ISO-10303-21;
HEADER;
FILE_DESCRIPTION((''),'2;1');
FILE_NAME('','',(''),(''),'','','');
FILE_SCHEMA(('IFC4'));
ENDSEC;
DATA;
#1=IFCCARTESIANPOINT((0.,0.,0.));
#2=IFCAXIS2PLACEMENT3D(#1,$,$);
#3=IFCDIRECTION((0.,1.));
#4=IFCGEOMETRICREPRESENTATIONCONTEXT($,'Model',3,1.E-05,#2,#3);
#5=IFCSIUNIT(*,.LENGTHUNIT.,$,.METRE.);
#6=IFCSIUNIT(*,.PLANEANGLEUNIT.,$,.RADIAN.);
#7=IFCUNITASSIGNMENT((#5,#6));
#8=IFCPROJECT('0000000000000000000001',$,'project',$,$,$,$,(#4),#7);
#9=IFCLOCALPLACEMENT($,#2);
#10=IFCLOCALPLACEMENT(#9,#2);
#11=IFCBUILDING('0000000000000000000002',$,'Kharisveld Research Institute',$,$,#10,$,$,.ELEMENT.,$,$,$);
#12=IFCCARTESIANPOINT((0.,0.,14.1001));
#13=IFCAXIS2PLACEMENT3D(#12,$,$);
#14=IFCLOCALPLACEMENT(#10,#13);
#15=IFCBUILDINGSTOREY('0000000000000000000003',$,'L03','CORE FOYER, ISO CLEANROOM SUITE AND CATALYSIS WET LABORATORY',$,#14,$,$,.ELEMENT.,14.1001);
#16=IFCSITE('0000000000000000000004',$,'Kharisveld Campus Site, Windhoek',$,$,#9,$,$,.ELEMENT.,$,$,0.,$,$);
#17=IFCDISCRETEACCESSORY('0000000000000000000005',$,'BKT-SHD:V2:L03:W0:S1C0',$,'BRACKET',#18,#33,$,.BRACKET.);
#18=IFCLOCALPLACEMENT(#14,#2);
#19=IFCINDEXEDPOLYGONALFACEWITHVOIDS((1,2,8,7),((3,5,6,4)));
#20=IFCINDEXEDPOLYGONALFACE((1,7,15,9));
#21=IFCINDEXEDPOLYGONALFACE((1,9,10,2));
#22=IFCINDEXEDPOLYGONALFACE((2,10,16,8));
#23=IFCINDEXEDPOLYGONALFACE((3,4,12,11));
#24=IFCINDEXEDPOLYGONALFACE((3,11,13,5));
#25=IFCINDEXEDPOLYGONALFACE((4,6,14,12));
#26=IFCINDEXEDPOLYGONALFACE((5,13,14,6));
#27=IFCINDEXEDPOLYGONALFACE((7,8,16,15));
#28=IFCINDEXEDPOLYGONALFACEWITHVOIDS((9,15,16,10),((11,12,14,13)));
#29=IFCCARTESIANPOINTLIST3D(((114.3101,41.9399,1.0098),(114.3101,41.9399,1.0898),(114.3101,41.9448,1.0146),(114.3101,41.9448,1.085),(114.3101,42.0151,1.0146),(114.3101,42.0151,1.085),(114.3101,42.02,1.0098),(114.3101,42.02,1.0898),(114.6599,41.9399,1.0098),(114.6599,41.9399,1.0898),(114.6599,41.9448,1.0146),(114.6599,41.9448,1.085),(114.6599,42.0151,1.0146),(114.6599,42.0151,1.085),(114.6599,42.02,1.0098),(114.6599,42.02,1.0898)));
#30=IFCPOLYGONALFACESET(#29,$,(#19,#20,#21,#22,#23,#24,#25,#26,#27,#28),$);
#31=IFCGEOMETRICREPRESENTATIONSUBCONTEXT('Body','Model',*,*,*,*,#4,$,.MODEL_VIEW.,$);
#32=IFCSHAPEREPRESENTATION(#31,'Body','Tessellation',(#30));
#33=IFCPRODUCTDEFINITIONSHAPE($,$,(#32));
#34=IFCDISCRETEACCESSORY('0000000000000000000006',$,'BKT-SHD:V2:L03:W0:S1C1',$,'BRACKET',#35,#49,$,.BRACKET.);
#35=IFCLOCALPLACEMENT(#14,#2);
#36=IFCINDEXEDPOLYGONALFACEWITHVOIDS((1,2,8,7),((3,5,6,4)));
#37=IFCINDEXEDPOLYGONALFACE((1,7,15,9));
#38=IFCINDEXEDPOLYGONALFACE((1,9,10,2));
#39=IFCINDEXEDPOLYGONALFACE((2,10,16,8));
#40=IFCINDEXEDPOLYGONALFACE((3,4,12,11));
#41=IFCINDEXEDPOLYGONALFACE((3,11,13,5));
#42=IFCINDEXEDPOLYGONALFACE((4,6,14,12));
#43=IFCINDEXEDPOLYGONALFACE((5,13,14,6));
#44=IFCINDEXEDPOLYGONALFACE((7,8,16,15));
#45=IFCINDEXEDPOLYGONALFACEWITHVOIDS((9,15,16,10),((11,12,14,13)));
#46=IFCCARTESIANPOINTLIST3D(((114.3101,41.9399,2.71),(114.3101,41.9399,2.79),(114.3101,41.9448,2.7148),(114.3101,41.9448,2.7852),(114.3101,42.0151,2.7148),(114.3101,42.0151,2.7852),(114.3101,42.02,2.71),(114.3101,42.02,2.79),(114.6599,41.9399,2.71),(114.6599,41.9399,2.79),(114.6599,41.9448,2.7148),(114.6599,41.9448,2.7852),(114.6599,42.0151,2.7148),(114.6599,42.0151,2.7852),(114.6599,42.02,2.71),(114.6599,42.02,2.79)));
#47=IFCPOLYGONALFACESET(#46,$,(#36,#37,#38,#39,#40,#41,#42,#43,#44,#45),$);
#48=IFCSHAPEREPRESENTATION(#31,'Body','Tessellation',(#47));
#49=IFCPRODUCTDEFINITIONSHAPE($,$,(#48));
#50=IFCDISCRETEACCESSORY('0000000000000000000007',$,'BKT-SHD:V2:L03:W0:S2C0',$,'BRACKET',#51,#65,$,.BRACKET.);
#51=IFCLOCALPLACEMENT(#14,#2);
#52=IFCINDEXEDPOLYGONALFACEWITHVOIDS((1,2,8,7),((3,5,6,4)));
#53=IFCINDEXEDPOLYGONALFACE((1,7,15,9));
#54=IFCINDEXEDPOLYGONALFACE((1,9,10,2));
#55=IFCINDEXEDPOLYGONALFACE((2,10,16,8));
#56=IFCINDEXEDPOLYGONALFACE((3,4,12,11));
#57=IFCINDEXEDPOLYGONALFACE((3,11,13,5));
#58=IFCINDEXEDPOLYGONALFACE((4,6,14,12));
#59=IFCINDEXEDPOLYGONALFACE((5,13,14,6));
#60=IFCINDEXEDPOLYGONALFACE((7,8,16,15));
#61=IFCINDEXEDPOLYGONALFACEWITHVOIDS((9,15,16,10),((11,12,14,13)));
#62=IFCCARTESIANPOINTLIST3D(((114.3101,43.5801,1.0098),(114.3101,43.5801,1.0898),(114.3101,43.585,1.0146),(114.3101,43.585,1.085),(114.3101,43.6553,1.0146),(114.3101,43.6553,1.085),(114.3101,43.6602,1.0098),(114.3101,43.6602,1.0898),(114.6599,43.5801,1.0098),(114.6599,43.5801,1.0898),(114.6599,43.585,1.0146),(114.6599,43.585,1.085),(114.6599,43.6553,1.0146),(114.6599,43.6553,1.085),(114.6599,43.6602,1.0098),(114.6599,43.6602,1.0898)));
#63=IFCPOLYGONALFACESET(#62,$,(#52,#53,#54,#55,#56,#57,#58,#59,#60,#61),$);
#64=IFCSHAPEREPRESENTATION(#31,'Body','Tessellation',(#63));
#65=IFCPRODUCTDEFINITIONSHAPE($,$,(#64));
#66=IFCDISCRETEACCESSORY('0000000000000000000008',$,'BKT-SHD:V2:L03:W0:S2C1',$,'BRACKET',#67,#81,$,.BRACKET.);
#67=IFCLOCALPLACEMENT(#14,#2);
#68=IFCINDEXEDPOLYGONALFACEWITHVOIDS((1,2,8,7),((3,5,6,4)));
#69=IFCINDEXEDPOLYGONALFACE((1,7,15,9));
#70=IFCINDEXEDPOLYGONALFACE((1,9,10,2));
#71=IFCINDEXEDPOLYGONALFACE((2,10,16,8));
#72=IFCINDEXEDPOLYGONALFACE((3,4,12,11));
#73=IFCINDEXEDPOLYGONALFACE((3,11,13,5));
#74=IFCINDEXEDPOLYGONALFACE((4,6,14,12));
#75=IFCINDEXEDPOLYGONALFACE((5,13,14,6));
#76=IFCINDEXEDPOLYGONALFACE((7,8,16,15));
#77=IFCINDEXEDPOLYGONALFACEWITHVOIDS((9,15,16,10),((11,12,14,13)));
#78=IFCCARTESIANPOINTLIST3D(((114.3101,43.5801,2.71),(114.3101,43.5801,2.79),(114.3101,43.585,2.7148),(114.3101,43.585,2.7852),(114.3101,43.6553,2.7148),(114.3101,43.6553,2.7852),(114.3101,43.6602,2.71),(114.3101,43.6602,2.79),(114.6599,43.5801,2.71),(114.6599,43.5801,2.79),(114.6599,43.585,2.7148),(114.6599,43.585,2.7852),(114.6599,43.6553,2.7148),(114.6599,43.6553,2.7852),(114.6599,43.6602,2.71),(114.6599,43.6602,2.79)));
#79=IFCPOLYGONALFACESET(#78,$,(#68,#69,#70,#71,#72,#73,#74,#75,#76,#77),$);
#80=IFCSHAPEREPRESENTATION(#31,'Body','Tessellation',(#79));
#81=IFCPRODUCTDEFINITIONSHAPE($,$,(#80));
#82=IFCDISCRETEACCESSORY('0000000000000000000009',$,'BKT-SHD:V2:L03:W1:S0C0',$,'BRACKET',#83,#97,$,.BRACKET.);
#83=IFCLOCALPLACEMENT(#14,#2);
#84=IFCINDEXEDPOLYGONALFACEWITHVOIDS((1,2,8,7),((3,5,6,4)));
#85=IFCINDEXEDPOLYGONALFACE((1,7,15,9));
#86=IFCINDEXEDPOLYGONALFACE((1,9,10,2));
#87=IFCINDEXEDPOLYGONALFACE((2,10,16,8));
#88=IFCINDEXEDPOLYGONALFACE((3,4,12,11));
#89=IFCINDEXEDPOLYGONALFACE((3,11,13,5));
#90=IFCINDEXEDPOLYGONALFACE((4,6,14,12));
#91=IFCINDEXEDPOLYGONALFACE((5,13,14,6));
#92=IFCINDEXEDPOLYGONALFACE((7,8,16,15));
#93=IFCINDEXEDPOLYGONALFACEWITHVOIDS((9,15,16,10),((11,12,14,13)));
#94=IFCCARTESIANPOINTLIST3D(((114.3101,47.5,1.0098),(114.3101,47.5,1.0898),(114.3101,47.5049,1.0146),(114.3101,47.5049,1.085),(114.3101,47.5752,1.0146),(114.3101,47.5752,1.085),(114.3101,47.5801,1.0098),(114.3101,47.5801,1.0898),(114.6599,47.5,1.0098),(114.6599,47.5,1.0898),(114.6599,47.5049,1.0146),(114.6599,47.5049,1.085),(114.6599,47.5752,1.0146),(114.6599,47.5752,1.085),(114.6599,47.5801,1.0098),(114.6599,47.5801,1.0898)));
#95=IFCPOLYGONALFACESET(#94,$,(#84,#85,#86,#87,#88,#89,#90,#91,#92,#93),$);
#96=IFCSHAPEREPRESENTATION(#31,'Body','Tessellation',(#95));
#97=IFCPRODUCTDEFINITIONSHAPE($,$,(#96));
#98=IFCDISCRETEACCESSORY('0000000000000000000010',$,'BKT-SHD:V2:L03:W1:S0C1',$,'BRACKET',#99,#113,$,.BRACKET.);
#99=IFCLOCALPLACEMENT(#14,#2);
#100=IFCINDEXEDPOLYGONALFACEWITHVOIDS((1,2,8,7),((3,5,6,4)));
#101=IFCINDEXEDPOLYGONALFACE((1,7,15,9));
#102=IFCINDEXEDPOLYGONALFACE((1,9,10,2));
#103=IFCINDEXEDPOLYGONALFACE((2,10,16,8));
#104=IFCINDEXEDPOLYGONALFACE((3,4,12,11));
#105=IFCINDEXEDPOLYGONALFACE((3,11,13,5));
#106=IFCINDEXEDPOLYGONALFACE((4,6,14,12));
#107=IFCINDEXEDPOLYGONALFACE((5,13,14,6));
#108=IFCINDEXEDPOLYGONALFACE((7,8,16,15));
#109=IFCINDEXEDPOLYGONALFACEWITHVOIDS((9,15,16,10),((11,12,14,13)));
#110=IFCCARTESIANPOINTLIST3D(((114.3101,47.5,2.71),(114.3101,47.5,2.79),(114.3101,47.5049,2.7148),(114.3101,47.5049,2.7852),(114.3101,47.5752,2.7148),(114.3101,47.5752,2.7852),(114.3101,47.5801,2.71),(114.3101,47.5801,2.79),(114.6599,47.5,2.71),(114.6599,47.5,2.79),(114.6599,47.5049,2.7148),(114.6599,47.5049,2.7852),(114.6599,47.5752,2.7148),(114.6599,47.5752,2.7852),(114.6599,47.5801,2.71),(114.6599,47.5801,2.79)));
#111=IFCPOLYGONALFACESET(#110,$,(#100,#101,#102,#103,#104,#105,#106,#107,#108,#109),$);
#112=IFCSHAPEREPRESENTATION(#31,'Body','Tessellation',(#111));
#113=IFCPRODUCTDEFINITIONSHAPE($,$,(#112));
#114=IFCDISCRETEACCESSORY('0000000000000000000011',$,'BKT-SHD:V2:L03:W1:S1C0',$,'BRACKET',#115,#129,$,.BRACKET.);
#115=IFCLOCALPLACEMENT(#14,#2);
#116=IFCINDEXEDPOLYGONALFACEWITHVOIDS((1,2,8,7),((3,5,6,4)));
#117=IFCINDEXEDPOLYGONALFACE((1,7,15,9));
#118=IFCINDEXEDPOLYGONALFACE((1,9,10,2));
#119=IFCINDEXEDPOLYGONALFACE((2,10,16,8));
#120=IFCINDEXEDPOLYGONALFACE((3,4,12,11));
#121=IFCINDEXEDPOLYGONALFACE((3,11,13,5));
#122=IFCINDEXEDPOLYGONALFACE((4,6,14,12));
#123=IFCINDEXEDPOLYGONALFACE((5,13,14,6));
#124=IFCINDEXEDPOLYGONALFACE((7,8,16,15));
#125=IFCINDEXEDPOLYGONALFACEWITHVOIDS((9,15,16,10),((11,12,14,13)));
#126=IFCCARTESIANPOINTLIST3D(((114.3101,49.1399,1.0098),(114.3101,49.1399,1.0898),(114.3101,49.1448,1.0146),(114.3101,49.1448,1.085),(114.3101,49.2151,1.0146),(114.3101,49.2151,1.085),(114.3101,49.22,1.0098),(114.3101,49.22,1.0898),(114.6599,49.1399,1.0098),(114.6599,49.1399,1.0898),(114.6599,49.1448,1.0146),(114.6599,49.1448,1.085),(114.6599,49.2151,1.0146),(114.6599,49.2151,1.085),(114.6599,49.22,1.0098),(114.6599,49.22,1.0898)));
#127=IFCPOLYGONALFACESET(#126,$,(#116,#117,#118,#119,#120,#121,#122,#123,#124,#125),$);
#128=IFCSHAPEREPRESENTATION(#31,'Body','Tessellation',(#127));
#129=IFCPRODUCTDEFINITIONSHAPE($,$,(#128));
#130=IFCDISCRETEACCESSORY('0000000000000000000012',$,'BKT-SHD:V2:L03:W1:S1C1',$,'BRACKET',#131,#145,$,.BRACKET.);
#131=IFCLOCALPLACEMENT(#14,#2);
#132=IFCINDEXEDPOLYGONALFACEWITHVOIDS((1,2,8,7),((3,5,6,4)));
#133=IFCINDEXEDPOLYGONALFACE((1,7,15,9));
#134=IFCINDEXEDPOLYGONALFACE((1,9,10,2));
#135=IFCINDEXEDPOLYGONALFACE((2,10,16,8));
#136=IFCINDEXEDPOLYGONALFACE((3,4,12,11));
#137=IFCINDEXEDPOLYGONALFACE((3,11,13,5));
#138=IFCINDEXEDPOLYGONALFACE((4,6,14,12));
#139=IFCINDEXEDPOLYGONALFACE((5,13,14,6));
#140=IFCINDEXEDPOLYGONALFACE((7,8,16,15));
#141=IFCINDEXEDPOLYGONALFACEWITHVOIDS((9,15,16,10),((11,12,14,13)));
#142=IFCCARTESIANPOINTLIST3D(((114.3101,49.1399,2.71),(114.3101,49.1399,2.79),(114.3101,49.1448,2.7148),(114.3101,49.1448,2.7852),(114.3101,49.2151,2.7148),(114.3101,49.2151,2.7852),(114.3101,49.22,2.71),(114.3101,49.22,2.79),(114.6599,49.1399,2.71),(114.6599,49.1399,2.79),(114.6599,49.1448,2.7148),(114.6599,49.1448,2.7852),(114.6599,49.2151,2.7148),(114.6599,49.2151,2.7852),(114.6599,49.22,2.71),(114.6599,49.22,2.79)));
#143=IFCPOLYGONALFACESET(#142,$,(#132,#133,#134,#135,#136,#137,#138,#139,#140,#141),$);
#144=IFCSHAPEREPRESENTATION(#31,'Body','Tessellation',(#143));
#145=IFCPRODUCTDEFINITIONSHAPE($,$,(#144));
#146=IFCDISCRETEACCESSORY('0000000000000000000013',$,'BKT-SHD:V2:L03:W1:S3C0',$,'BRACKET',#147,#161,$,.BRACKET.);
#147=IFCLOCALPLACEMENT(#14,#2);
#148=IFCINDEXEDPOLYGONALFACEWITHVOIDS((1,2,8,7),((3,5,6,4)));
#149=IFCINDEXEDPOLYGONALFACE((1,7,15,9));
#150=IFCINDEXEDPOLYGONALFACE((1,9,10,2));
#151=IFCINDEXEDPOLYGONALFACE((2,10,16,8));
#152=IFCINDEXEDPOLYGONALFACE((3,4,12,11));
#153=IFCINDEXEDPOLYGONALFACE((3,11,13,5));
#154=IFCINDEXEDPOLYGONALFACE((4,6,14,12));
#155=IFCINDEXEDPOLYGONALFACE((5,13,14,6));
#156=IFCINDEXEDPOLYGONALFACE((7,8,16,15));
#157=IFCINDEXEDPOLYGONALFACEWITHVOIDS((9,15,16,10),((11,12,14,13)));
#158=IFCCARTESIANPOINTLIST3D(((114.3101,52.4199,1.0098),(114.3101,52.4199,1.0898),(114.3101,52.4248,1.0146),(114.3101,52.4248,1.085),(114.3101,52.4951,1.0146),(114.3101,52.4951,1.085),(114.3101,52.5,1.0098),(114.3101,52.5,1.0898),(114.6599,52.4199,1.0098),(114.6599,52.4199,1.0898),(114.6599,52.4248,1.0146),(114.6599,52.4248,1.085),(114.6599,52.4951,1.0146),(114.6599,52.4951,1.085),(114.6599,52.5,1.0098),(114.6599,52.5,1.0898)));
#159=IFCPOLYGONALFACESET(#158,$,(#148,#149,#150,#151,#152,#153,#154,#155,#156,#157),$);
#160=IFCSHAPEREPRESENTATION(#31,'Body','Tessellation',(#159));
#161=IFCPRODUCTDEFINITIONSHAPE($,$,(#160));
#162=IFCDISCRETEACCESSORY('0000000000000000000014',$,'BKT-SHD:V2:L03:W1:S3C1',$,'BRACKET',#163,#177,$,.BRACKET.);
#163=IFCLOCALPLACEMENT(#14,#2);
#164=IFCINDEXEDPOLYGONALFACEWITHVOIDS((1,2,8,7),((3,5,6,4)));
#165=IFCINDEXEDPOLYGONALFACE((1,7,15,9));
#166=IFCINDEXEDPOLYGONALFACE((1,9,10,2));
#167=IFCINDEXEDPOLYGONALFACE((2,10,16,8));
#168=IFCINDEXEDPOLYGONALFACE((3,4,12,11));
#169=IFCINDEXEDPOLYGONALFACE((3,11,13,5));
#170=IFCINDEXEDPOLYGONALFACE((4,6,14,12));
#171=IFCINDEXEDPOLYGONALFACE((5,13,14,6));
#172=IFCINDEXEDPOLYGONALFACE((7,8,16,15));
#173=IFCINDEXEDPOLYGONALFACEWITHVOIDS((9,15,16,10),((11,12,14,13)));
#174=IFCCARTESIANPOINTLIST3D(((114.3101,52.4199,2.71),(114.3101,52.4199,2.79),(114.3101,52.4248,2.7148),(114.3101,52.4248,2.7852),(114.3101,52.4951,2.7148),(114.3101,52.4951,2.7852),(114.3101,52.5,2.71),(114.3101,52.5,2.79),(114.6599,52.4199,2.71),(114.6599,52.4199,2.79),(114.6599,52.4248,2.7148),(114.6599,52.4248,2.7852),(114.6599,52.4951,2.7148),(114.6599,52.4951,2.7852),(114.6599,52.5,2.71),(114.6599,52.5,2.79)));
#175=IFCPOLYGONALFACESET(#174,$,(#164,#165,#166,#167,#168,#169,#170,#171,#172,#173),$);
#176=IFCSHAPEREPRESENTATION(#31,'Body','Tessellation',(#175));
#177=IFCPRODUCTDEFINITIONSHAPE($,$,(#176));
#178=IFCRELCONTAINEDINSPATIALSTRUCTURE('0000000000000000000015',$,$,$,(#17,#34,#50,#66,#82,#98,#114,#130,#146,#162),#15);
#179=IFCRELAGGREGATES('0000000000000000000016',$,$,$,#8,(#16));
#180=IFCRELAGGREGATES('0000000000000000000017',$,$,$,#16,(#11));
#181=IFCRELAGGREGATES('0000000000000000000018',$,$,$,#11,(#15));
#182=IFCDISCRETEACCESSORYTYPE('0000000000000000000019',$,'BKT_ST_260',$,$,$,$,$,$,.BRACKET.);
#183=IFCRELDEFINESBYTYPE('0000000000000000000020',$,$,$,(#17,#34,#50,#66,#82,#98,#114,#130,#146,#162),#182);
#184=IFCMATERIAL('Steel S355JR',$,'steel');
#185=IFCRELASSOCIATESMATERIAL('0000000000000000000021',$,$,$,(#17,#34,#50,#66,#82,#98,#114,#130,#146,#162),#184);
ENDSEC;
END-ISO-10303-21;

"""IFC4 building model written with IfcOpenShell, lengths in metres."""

from ifc_helpers import new_model, si_unit, direction, frame, origin, origin_2d, place, context, subcontext, project, spatial, hollow_rectangle, extrude, material, type_object, element, save


model = new_model("IFC4")

# Units and contexts
model_context = context("Model", 3, precision=1e-05, world=origin(), true_north=direction((0.0, 1.0)))
body_context = subcontext(model_context, "Body", "Model", "MODEL_VIEW")
ifc_project = project(units=[si_unit("LENGTHUNIT", "METRE"), si_unit("PLANEANGLEUNIT", "RADIAN")], contexts=[model_context])

# Site, building, storey
site_placement = place(None, origin())
site = spatial("IfcSite", under=ifc_project, at=site_placement, Name="Kharisveld Campus Site, Windhoek", CompositionType="ELEMENT", RefElevation=0.0)
building_placement = place(site_placement, origin())
building = spatial("IfcBuilding", under=site, at=building_placement, Name="Kharisveld Research Institute", CompositionType="ELEMENT")
storey_placement = place(building_placement, frame((0.0, 0.0, 14.1001)))
storey = spatial("IfcBuildingStorey", under=building, at=storey_placement, Name="L03", Description="CORE FOYER, ISO CLEANROOM SUITE AND CATALYSIS WET LABORATORY", CompositionType="ELEMENT", Elevation=14.1001)

# Discrete accessories
ifc_material_1 = material(Name="Steel S355JR", Category="steel")
discrete_accessory_type = type_object("IfcDiscreteAccessoryType", Name="BKT_ST_260", PredefinedType="BRACKET")
for number, where, z_axis, x_axis, name in (
    (1, (114.6599, 41.98, 1.0498), (-1.0, 0.0, 0.0), (0.0, -1.0, 0.0), "BKT-SHD:V2:L03:W0:S1C0"),
    (2, (114.6599, 41.98, 2.75), (-1.0, 0.0, 0.0), (0.0, -1.0, 0.0), "BKT-SHD:V2:L03:W0:S1C1"),
    (3, (114.6599, 43.6201, 1.0498), (-1.0, 0.0, 0.0), (0.0, -1.0, 0.0), "BKT-SHD:V2:L03:W0:S2C0"),
    (4, (114.6599, 43.6201, 2.75), (-1.0, 0.0, 0.0), (0.0, -1.0, 0.0), "BKT-SHD:V2:L03:W0:S2C1"),
    (5, (114.6599, 47.54, 1.0498), (-1.0, 0.0, 0.0), (0.0, -1.0, 0.0), "BKT-SHD:V2:L03:W1:S0C0"),
    (6, (114.6599, 47.54, 2.75), (-1.0, 0.0, 0.0), (0.0, -1.0, 0.0), "BKT-SHD:V2:L03:W1:S0C1"),
    (7, (114.6599, 49.1799, 1.0498), (-1.0, 0.0, 0.0), (0.0, -1.0, 0.0), "BKT-SHD:V2:L03:W1:S1C0"),
    (8, (114.6599, 49.1799, 2.75), (-1.0, 0.0, 0.0), (0.0, -1.0, 0.0), "BKT-SHD:V2:L03:W1:S1C1"),
    (9, (114.6599, 52.46, 1.0498), (-1.0, 0.0, 0.0), (0.0, -1.0, 0.0), "BKT-SHD:V2:L03:W1:S3C0"),
    (10, (114.6599, 52.46, 2.75), (-1.0, 0.0, 0.0), (0.0, -1.0, 0.0), "BKT-SHD:V2:L03:W1:S3C1"),
):
    element("IfcDiscreteAccessory", number, at=place(storey_placement, frame(where, z_axis=z_axis, x_axis=x_axis)), inside=storey, type_object=discrete_accessory_type, material=ifc_material_1, Name=name, ObjectType="BRACKET", PredefinedType="BRACKET", context=body_context, shape_type="SweptSolid", body=[
        extrude(hollow_rectangle(XDim=0.0801, YDim=0.0801, WallThickness=0.0049, at=origin_2d()), origin(), (0.0, 0.0, 1.0), 0.3499),
    ])

save(model, "model.ifc")
